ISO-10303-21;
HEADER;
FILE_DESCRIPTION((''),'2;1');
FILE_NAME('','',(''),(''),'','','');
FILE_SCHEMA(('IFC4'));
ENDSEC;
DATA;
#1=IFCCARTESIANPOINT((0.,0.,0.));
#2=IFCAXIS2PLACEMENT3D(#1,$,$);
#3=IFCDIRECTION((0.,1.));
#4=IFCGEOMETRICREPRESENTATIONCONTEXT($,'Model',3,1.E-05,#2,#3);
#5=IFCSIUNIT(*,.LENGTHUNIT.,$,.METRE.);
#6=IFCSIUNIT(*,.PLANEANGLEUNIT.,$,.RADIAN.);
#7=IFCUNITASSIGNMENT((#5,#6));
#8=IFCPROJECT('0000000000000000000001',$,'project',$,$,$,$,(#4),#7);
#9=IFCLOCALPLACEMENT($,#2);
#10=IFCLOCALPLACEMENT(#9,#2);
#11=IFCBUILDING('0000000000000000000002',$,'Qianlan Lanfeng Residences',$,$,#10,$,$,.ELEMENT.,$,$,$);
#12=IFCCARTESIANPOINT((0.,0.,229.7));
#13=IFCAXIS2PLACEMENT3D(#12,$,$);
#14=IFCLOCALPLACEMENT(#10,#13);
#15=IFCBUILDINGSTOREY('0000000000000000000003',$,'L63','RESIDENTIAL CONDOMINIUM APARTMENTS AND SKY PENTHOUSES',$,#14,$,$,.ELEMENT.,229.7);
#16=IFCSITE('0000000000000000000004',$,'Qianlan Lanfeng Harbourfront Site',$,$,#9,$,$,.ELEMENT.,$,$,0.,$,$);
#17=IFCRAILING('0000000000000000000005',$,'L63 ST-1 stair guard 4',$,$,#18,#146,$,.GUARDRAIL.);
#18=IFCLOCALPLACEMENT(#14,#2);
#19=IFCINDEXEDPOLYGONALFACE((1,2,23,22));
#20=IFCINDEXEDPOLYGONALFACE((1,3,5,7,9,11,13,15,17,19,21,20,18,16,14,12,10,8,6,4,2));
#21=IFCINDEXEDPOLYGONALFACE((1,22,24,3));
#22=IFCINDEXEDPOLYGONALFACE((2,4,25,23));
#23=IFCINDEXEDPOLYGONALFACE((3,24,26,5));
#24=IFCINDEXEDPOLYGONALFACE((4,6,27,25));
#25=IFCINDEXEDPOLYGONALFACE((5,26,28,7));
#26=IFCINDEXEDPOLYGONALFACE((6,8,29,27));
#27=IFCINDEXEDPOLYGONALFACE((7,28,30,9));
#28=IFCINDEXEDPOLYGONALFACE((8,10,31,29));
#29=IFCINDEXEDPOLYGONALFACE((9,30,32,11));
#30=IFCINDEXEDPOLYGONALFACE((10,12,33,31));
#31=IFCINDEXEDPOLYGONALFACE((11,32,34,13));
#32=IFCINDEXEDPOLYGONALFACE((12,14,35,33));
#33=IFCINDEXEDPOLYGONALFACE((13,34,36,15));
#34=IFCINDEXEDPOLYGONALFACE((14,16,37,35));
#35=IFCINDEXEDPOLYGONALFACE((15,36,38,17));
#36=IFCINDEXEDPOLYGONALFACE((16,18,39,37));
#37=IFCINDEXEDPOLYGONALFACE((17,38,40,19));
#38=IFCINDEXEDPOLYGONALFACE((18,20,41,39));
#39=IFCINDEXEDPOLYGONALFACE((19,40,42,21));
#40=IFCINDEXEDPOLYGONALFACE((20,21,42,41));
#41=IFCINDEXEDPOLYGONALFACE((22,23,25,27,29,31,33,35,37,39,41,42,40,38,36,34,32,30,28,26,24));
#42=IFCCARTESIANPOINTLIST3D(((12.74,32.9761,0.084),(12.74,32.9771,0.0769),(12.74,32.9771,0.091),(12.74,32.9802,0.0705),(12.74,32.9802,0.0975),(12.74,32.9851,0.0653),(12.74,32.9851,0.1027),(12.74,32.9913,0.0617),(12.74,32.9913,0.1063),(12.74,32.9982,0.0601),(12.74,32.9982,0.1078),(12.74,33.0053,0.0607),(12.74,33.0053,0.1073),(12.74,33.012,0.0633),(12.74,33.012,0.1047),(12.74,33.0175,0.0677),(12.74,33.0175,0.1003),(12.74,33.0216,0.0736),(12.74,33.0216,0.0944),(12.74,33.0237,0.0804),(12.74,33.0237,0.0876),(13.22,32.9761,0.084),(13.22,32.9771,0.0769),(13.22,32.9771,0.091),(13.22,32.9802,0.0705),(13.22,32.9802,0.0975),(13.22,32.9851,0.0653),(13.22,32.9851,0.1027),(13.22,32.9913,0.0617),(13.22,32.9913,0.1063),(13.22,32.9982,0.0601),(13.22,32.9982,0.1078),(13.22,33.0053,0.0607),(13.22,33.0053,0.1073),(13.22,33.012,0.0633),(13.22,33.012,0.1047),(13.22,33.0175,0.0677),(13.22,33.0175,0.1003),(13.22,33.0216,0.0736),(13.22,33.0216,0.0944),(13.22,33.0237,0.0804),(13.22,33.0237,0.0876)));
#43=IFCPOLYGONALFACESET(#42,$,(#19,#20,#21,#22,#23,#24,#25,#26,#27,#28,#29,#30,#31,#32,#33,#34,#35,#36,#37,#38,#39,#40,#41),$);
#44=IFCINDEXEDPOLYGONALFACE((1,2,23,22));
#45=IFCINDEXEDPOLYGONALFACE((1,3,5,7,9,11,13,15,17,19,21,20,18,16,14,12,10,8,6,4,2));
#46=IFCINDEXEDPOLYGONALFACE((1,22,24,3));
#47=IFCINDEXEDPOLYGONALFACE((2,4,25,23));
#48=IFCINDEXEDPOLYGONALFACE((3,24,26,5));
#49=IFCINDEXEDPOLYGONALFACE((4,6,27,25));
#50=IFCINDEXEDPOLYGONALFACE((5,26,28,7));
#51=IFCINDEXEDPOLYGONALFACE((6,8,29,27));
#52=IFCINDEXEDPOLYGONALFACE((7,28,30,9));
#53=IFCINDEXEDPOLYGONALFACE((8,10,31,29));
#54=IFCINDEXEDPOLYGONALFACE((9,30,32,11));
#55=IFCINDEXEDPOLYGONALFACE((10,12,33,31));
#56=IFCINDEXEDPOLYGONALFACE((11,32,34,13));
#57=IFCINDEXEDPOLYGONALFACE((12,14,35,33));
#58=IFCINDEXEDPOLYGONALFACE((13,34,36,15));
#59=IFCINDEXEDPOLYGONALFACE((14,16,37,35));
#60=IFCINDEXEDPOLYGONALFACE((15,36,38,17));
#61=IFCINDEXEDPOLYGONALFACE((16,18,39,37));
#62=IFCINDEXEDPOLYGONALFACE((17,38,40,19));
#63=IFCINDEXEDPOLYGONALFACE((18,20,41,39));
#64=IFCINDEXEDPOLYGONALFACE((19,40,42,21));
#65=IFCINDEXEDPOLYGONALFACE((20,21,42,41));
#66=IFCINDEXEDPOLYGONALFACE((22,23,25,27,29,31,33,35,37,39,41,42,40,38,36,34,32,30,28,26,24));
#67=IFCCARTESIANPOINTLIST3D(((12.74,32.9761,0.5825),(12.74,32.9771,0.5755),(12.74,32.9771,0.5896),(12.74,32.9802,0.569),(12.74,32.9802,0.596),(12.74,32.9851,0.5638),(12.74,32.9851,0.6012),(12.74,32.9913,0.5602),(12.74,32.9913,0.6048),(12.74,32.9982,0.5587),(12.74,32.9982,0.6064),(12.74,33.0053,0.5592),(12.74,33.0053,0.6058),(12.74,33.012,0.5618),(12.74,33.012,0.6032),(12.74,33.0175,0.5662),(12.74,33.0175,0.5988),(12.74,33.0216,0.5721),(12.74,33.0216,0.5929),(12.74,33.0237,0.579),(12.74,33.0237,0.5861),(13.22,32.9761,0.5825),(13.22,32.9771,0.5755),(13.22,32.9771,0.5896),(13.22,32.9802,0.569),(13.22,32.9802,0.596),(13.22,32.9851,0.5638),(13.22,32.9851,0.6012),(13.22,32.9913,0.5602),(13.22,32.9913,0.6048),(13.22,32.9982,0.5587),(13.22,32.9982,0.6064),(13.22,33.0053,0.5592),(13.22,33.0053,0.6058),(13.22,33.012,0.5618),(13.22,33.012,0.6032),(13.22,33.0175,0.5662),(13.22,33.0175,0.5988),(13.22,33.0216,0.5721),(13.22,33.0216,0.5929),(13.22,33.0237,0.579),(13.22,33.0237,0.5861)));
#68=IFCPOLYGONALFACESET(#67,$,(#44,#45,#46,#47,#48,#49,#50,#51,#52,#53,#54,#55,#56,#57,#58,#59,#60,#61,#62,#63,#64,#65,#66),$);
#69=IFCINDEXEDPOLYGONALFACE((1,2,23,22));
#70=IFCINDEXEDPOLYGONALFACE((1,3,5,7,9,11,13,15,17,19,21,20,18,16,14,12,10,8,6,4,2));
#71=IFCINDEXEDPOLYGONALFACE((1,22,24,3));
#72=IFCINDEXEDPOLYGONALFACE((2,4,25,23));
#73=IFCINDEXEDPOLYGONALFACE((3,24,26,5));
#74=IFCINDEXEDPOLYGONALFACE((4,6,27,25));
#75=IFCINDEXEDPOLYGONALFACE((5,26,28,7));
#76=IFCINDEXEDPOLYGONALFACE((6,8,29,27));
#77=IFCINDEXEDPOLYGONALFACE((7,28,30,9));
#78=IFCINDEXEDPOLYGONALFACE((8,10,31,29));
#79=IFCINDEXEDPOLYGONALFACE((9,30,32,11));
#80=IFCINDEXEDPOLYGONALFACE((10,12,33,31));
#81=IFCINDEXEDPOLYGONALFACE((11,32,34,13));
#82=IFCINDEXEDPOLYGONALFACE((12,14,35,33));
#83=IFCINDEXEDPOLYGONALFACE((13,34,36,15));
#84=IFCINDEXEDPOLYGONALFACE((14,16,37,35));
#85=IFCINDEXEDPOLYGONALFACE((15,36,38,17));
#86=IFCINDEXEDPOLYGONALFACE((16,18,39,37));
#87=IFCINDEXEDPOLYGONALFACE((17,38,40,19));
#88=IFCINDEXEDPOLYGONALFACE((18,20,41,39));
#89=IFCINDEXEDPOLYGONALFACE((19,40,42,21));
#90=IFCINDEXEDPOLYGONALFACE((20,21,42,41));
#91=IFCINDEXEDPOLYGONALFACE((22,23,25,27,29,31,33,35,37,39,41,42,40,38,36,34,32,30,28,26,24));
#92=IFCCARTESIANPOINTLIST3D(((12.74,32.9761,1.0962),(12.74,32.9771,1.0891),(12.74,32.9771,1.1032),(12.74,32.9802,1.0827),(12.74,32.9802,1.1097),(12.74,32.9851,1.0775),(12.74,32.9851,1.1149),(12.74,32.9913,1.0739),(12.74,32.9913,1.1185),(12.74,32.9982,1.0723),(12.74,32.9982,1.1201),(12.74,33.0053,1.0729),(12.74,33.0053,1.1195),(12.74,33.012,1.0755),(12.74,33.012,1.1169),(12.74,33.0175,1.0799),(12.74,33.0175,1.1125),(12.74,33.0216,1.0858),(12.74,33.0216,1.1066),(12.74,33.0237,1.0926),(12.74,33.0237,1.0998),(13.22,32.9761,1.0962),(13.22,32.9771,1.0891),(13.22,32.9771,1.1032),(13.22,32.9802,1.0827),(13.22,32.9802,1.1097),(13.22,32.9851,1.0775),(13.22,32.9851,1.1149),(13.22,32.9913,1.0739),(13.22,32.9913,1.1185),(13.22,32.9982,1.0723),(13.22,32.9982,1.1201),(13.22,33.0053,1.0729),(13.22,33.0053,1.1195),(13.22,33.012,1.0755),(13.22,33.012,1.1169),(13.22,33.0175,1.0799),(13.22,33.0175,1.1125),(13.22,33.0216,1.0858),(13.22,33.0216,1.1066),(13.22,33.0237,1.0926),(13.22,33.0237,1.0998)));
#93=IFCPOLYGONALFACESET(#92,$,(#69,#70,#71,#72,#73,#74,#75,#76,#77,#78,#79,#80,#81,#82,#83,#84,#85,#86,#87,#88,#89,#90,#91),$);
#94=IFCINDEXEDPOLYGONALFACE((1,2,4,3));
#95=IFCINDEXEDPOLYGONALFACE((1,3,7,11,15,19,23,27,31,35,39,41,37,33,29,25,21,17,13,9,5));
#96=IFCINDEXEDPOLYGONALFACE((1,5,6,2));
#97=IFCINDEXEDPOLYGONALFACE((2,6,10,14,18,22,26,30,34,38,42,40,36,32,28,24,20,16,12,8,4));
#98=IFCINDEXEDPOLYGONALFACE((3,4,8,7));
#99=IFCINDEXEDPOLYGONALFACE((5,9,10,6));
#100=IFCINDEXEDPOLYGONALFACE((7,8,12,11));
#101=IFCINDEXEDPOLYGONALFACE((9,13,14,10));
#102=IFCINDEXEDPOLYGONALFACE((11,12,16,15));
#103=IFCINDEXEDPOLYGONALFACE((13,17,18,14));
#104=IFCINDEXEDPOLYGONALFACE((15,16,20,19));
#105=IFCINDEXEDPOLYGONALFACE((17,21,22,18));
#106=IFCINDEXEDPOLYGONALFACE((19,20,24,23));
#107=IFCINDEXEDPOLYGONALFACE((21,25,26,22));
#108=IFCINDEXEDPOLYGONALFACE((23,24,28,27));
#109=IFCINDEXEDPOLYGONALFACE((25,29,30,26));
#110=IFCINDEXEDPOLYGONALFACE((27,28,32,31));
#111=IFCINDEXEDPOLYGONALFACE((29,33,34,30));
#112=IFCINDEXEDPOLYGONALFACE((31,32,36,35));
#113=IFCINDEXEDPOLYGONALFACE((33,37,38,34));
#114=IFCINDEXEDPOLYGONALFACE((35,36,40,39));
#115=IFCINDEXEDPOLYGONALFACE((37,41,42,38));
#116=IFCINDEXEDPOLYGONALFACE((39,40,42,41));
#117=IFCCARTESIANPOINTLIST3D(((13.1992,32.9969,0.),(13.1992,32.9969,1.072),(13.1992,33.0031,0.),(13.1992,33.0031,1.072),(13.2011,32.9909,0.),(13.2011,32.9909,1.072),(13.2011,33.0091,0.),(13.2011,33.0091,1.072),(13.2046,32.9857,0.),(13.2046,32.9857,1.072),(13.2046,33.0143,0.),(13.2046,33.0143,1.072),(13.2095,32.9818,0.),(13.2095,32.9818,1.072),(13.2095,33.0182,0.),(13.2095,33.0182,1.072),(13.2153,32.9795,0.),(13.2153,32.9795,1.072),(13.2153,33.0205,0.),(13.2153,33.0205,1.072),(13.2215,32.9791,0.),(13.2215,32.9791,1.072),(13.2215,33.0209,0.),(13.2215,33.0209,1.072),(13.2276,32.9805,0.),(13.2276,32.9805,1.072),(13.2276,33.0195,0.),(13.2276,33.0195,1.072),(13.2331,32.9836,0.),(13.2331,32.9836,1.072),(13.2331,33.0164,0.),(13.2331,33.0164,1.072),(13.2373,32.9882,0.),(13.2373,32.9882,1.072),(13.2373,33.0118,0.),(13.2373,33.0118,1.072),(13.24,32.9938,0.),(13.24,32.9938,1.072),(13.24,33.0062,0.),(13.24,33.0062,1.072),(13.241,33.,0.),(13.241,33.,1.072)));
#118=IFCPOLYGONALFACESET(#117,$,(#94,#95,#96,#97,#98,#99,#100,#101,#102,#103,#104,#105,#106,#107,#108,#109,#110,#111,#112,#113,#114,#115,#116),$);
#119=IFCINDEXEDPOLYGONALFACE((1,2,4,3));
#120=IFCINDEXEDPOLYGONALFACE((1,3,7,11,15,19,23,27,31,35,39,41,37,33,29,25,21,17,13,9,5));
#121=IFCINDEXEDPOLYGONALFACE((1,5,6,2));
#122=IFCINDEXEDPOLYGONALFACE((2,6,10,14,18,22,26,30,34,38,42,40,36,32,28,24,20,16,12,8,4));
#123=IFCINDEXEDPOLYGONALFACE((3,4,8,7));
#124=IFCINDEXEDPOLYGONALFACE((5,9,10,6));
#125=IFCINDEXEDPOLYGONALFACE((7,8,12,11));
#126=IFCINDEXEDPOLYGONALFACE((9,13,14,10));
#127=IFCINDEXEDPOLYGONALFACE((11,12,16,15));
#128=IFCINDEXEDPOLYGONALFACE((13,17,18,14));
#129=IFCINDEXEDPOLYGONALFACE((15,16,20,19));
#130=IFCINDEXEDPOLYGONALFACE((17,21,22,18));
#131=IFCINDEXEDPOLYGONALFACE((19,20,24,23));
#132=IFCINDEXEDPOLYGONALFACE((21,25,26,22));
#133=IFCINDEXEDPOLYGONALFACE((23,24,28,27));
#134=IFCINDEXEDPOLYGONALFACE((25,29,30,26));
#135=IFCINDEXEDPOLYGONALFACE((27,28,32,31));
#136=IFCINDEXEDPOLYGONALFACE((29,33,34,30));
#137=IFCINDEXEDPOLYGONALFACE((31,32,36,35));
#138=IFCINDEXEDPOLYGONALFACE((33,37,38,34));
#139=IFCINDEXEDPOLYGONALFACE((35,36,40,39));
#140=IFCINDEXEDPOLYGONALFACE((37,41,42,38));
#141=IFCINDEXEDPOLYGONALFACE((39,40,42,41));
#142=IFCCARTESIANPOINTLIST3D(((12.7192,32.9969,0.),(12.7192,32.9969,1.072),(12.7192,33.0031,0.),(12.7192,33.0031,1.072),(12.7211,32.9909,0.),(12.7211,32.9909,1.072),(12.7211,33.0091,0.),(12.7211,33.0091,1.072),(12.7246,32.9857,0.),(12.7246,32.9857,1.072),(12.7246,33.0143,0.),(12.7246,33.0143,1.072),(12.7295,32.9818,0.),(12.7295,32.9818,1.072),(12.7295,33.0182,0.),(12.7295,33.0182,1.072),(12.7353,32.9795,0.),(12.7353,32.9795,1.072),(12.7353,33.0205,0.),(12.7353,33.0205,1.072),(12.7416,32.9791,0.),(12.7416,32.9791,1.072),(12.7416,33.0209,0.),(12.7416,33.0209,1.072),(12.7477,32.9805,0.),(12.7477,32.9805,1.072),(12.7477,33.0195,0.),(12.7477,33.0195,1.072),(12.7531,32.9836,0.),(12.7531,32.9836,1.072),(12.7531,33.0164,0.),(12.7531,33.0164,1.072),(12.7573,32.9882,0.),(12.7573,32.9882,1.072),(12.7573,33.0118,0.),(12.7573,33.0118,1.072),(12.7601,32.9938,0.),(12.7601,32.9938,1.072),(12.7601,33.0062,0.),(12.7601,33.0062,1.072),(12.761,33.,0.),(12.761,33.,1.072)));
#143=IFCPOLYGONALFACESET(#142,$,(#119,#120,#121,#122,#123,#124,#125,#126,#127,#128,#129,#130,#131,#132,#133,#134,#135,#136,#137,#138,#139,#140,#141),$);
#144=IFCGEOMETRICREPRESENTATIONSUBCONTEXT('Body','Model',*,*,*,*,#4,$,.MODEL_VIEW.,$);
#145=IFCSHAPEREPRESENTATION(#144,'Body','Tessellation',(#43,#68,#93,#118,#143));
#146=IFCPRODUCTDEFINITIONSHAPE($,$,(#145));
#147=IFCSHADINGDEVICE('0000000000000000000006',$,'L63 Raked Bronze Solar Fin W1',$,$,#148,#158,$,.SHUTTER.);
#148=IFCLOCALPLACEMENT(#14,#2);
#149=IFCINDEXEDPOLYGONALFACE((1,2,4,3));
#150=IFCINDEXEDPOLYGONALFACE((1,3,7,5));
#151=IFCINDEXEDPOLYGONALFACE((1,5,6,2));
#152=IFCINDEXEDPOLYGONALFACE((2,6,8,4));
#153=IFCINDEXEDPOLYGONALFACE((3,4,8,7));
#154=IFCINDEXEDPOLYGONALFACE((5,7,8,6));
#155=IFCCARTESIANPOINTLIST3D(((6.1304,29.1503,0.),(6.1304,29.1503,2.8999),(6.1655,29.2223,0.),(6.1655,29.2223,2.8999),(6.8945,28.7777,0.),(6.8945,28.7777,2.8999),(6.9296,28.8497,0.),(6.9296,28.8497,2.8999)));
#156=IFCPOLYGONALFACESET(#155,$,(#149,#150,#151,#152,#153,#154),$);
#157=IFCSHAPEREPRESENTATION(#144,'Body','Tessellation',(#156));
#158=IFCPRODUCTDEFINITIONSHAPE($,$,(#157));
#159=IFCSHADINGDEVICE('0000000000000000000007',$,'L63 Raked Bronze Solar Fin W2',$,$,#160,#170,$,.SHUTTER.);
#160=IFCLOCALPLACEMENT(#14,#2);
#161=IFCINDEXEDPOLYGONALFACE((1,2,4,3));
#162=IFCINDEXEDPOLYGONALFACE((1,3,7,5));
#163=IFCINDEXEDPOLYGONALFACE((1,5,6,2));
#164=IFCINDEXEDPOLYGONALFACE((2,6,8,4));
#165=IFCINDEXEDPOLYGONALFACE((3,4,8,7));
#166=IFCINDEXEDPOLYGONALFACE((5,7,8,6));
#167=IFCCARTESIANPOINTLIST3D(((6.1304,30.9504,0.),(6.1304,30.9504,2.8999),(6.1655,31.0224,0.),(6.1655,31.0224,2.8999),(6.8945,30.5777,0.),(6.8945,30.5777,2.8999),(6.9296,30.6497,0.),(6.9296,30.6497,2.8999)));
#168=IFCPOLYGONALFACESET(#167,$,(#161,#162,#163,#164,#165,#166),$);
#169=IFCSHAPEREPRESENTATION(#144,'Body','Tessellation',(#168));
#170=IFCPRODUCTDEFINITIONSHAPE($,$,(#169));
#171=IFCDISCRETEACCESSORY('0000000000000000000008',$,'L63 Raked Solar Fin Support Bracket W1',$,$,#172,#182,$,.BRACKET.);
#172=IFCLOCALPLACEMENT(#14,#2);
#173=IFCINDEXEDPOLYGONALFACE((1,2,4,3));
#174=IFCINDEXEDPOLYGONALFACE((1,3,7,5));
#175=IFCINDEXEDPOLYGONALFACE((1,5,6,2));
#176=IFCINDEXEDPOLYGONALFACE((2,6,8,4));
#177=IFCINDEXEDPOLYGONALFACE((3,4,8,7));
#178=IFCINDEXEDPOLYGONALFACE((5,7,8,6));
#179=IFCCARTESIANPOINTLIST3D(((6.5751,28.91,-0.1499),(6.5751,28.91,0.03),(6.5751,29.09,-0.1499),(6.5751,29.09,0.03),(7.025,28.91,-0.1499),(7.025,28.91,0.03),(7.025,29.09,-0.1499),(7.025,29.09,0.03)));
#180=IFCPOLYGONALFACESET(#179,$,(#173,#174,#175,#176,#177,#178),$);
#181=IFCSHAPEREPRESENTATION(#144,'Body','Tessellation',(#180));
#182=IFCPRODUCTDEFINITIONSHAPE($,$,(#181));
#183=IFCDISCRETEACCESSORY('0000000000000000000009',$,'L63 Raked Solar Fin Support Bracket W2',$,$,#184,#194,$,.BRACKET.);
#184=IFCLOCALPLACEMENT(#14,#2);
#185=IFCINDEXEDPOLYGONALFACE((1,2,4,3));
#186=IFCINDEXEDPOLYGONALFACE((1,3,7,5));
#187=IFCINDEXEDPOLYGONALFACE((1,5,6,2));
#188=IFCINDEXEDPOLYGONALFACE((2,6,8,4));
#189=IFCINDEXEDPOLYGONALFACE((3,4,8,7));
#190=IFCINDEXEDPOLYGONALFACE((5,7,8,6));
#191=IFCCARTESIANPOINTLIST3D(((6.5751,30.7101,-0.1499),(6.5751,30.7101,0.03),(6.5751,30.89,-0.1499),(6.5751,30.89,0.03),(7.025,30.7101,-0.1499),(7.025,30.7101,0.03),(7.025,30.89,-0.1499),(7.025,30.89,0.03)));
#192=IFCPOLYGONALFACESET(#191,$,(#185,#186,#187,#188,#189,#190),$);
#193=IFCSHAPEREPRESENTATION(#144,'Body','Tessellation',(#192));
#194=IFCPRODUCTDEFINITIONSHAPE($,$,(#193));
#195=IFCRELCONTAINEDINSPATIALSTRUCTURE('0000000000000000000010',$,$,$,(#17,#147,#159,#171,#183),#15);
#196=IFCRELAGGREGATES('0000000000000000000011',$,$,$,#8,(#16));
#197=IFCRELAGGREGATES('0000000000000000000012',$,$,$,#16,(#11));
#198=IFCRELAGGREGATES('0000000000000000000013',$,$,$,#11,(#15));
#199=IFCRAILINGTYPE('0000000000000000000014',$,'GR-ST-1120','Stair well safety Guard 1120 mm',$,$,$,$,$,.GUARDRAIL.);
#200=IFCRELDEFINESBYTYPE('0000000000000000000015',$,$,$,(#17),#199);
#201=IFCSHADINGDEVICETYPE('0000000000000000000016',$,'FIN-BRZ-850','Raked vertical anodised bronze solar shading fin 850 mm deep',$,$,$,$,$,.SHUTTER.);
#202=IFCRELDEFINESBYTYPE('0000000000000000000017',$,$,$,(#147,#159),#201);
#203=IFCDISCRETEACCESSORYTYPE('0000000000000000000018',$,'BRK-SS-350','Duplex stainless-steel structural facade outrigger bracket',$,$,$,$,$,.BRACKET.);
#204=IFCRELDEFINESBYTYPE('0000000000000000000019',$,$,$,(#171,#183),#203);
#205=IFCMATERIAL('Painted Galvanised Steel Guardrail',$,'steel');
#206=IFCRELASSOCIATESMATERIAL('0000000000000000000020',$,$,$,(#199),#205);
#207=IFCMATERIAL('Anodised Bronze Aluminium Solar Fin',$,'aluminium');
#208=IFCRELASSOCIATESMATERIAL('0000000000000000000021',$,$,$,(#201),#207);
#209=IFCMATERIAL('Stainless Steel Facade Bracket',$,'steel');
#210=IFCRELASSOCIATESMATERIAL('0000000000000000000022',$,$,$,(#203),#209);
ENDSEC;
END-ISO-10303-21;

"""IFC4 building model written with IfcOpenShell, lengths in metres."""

from ifc_helpers import new_model, si_unit, direction, frame, origin, origin_2d, place, context, subcontext, project, spatial, rectangle, circle, extrude, source, transform, mapped, material, type_object, element, save


model = new_model("IFC4")

# Units and contexts
model_context = context("Model", 3, precision=1e-05, world=origin(), true_north=direction((0.0, 1.0)))
body_context = subcontext(model_context, "Body", "Model", "MODEL_VIEW")
ifc_project = project(units=[si_unit("LENGTHUNIT", "METRE"), si_unit("PLANEANGLEUNIT", "RADIAN")], contexts=[model_context])

# Site, building, storey
site_placement = place(None, origin())
site = spatial("IfcSite", under=ifc_project, at=site_placement, Name="Qianlan Lanfeng Harbourfront Site", CompositionType="ELEMENT", RefElevation=0.0)
building_placement = place(site_placement, origin())
building = spatial("IfcBuilding", under=site, at=building_placement, Name="Qianlan Lanfeng Residences", CompositionType="ELEMENT")
storey_placement = place(building_placement, frame((0.0, 0.0, 229.7)))
storey = spatial("IfcBuildingStorey", under=building, at=storey_placement, Name="L63", Description="RESIDENTIAL CONDOMINIUM APARTMENTS AND SKY PENTHOUSES", CompositionType="ELEMENT", Elevation=229.7)

# Railing
ifc_material_1 = material(Name="Painted Galvanised Steel Guardrail", Category="steel")
railing_type = type_object("IfcRailingType", Name="GR-ST-1120", Description="Stair well safety Guard 1120 mm", PredefinedType="GUARDRAIL", material=ifc_material_1)
railing_1_placement = place(storey_placement, frame((13.22, 33.0, 0.0)))
element("IfcRailing", 1, at=railing_1_placement, inside=storey, type_object=railing_type, Name="L63 ST-1 stair guard 4", PredefinedType="GUARDRAIL", context=body_context, shape_type="SweptSolid", body=[
    extrude(circle(Radius=0.0239, at=origin_2d()), frame((0.0, 0.0, 0.084), z_axis=(-1.0, 0.0, 0.0), x_axis=(0.0, -1.0, 0.0)), (0.0, 0.0, 1.0), 0.48),
    extrude(circle(Radius=0.0239, at=origin_2d()), frame((0.0, 0.0, 0.5825), z_axis=(-1.0, 0.0, 0.0), x_axis=(0.0, -1.0, 0.0)), (0.0, 0.0, 1.0), 0.48),
    extrude(circle(Radius=0.0239, at=origin_2d()), frame((0.0, 0.0, 1.0962), z_axis=(-1.0, 0.0, 0.0), x_axis=(0.0, -1.0, 0.0)), (0.0, 0.0, 1.0), 0.48),
    extrude(circle(Radius=0.021, at=origin_2d()), origin(), (0.0, 0.0, 1.0), 1.072),
    extrude(circle(Radius=0.021, at=origin_2d()), frame((-0.48, 0.0, 0.0)), (0.0, 0.0, 1.0), 1.072),
])

# Shading devices
ifc_material_2 = material(Name="Anodised Bronze Aluminium Solar Fin", Category="aluminium")
shading_device_type = type_object("IfcShadingDeviceType", Name="FIN-BRZ-850", Description="Raked vertical anodised bronze solar shading fin 850 mm deep", PredefinedType="SHUTTER", material=ifc_material_2)
shared_shape_1 = source(origin(), body_context, "Body", "SweptSolid", [
    extrude(rectangle(XDim=0.8501, YDim=0.0801, at=origin_2d()), origin(), (0.0, 0.0, 1.0), 2.8999),
])
for number, where, z_axis, x_axis, name in (
    (2, (6.53, 29.0, 0.0), (0.0, 0.0, 1.0), (0.898794, -0.438371, 0.0), "L63 Raked Bronze Solar Fin W1"),
    (3, (6.53, 30.8, 0.0), (0.0, 0.0, 1.0), (0.898794, -0.438371, 0.0), "L63 Raked Bronze Solar Fin W2"),
):
    element("IfcShadingDevice", number, at=place(storey_placement, frame(where, z_axis=z_axis, x_axis=x_axis)), inside=storey, type_object=shading_device_type, Name=name, PredefinedType="SHUTTER", context=body_context, shape_type="MappedRepresentation", body=[
        mapped(shared_shape_1, transform((0.0, 0.0, 0.0), scale=1.0)),
    ])

# Discrete accessories
ifc_material_3 = material(Name="Stainless Steel Facade Bracket", Category="steel")
discrete_accessory_type = type_object("IfcDiscreteAccessoryType", Name="BRK-SS-350", Description="Duplex stainless-steel structural facade outrigger bracket", PredefinedType="BRACKET", material=ifc_material_3)
shared_shape_2 = source(origin(), body_context, "Body", "SweptSolid", [
    extrude(rectangle(XDim=0.45, YDim=0.1799, at=origin_2d()), origin(), (0.0, 0.0, 1.0), 0.1799),
])
for number, where, z_axis, x_axis, name in (
    (4, (6.8, 29.0, -0.1499), (0.0, 0.0, 1.0), (1.0, 0.0, 0.0), "L63 Raked Solar Fin Support Bracket W1"),
    (5, (6.8, 30.8, -0.1499), (0.0, 0.0, 1.0), (1.0, 0.0, 0.0), "L63 Raked Solar Fin Support Bracket W2"),
):
    element("IfcDiscreteAccessory", number, at=place(storey_placement, frame(where, z_axis=z_axis, x_axis=x_axis)), inside=storey, type_object=discrete_accessory_type, Name=name, PredefinedType="BRACKET", context=body_context, shape_type="MappedRepresentation", body=[
        mapped(shared_shape_2, transform((0.0, 0.0, 0.0), scale=1.0)),
    ])

save(model, "model.ifc")
